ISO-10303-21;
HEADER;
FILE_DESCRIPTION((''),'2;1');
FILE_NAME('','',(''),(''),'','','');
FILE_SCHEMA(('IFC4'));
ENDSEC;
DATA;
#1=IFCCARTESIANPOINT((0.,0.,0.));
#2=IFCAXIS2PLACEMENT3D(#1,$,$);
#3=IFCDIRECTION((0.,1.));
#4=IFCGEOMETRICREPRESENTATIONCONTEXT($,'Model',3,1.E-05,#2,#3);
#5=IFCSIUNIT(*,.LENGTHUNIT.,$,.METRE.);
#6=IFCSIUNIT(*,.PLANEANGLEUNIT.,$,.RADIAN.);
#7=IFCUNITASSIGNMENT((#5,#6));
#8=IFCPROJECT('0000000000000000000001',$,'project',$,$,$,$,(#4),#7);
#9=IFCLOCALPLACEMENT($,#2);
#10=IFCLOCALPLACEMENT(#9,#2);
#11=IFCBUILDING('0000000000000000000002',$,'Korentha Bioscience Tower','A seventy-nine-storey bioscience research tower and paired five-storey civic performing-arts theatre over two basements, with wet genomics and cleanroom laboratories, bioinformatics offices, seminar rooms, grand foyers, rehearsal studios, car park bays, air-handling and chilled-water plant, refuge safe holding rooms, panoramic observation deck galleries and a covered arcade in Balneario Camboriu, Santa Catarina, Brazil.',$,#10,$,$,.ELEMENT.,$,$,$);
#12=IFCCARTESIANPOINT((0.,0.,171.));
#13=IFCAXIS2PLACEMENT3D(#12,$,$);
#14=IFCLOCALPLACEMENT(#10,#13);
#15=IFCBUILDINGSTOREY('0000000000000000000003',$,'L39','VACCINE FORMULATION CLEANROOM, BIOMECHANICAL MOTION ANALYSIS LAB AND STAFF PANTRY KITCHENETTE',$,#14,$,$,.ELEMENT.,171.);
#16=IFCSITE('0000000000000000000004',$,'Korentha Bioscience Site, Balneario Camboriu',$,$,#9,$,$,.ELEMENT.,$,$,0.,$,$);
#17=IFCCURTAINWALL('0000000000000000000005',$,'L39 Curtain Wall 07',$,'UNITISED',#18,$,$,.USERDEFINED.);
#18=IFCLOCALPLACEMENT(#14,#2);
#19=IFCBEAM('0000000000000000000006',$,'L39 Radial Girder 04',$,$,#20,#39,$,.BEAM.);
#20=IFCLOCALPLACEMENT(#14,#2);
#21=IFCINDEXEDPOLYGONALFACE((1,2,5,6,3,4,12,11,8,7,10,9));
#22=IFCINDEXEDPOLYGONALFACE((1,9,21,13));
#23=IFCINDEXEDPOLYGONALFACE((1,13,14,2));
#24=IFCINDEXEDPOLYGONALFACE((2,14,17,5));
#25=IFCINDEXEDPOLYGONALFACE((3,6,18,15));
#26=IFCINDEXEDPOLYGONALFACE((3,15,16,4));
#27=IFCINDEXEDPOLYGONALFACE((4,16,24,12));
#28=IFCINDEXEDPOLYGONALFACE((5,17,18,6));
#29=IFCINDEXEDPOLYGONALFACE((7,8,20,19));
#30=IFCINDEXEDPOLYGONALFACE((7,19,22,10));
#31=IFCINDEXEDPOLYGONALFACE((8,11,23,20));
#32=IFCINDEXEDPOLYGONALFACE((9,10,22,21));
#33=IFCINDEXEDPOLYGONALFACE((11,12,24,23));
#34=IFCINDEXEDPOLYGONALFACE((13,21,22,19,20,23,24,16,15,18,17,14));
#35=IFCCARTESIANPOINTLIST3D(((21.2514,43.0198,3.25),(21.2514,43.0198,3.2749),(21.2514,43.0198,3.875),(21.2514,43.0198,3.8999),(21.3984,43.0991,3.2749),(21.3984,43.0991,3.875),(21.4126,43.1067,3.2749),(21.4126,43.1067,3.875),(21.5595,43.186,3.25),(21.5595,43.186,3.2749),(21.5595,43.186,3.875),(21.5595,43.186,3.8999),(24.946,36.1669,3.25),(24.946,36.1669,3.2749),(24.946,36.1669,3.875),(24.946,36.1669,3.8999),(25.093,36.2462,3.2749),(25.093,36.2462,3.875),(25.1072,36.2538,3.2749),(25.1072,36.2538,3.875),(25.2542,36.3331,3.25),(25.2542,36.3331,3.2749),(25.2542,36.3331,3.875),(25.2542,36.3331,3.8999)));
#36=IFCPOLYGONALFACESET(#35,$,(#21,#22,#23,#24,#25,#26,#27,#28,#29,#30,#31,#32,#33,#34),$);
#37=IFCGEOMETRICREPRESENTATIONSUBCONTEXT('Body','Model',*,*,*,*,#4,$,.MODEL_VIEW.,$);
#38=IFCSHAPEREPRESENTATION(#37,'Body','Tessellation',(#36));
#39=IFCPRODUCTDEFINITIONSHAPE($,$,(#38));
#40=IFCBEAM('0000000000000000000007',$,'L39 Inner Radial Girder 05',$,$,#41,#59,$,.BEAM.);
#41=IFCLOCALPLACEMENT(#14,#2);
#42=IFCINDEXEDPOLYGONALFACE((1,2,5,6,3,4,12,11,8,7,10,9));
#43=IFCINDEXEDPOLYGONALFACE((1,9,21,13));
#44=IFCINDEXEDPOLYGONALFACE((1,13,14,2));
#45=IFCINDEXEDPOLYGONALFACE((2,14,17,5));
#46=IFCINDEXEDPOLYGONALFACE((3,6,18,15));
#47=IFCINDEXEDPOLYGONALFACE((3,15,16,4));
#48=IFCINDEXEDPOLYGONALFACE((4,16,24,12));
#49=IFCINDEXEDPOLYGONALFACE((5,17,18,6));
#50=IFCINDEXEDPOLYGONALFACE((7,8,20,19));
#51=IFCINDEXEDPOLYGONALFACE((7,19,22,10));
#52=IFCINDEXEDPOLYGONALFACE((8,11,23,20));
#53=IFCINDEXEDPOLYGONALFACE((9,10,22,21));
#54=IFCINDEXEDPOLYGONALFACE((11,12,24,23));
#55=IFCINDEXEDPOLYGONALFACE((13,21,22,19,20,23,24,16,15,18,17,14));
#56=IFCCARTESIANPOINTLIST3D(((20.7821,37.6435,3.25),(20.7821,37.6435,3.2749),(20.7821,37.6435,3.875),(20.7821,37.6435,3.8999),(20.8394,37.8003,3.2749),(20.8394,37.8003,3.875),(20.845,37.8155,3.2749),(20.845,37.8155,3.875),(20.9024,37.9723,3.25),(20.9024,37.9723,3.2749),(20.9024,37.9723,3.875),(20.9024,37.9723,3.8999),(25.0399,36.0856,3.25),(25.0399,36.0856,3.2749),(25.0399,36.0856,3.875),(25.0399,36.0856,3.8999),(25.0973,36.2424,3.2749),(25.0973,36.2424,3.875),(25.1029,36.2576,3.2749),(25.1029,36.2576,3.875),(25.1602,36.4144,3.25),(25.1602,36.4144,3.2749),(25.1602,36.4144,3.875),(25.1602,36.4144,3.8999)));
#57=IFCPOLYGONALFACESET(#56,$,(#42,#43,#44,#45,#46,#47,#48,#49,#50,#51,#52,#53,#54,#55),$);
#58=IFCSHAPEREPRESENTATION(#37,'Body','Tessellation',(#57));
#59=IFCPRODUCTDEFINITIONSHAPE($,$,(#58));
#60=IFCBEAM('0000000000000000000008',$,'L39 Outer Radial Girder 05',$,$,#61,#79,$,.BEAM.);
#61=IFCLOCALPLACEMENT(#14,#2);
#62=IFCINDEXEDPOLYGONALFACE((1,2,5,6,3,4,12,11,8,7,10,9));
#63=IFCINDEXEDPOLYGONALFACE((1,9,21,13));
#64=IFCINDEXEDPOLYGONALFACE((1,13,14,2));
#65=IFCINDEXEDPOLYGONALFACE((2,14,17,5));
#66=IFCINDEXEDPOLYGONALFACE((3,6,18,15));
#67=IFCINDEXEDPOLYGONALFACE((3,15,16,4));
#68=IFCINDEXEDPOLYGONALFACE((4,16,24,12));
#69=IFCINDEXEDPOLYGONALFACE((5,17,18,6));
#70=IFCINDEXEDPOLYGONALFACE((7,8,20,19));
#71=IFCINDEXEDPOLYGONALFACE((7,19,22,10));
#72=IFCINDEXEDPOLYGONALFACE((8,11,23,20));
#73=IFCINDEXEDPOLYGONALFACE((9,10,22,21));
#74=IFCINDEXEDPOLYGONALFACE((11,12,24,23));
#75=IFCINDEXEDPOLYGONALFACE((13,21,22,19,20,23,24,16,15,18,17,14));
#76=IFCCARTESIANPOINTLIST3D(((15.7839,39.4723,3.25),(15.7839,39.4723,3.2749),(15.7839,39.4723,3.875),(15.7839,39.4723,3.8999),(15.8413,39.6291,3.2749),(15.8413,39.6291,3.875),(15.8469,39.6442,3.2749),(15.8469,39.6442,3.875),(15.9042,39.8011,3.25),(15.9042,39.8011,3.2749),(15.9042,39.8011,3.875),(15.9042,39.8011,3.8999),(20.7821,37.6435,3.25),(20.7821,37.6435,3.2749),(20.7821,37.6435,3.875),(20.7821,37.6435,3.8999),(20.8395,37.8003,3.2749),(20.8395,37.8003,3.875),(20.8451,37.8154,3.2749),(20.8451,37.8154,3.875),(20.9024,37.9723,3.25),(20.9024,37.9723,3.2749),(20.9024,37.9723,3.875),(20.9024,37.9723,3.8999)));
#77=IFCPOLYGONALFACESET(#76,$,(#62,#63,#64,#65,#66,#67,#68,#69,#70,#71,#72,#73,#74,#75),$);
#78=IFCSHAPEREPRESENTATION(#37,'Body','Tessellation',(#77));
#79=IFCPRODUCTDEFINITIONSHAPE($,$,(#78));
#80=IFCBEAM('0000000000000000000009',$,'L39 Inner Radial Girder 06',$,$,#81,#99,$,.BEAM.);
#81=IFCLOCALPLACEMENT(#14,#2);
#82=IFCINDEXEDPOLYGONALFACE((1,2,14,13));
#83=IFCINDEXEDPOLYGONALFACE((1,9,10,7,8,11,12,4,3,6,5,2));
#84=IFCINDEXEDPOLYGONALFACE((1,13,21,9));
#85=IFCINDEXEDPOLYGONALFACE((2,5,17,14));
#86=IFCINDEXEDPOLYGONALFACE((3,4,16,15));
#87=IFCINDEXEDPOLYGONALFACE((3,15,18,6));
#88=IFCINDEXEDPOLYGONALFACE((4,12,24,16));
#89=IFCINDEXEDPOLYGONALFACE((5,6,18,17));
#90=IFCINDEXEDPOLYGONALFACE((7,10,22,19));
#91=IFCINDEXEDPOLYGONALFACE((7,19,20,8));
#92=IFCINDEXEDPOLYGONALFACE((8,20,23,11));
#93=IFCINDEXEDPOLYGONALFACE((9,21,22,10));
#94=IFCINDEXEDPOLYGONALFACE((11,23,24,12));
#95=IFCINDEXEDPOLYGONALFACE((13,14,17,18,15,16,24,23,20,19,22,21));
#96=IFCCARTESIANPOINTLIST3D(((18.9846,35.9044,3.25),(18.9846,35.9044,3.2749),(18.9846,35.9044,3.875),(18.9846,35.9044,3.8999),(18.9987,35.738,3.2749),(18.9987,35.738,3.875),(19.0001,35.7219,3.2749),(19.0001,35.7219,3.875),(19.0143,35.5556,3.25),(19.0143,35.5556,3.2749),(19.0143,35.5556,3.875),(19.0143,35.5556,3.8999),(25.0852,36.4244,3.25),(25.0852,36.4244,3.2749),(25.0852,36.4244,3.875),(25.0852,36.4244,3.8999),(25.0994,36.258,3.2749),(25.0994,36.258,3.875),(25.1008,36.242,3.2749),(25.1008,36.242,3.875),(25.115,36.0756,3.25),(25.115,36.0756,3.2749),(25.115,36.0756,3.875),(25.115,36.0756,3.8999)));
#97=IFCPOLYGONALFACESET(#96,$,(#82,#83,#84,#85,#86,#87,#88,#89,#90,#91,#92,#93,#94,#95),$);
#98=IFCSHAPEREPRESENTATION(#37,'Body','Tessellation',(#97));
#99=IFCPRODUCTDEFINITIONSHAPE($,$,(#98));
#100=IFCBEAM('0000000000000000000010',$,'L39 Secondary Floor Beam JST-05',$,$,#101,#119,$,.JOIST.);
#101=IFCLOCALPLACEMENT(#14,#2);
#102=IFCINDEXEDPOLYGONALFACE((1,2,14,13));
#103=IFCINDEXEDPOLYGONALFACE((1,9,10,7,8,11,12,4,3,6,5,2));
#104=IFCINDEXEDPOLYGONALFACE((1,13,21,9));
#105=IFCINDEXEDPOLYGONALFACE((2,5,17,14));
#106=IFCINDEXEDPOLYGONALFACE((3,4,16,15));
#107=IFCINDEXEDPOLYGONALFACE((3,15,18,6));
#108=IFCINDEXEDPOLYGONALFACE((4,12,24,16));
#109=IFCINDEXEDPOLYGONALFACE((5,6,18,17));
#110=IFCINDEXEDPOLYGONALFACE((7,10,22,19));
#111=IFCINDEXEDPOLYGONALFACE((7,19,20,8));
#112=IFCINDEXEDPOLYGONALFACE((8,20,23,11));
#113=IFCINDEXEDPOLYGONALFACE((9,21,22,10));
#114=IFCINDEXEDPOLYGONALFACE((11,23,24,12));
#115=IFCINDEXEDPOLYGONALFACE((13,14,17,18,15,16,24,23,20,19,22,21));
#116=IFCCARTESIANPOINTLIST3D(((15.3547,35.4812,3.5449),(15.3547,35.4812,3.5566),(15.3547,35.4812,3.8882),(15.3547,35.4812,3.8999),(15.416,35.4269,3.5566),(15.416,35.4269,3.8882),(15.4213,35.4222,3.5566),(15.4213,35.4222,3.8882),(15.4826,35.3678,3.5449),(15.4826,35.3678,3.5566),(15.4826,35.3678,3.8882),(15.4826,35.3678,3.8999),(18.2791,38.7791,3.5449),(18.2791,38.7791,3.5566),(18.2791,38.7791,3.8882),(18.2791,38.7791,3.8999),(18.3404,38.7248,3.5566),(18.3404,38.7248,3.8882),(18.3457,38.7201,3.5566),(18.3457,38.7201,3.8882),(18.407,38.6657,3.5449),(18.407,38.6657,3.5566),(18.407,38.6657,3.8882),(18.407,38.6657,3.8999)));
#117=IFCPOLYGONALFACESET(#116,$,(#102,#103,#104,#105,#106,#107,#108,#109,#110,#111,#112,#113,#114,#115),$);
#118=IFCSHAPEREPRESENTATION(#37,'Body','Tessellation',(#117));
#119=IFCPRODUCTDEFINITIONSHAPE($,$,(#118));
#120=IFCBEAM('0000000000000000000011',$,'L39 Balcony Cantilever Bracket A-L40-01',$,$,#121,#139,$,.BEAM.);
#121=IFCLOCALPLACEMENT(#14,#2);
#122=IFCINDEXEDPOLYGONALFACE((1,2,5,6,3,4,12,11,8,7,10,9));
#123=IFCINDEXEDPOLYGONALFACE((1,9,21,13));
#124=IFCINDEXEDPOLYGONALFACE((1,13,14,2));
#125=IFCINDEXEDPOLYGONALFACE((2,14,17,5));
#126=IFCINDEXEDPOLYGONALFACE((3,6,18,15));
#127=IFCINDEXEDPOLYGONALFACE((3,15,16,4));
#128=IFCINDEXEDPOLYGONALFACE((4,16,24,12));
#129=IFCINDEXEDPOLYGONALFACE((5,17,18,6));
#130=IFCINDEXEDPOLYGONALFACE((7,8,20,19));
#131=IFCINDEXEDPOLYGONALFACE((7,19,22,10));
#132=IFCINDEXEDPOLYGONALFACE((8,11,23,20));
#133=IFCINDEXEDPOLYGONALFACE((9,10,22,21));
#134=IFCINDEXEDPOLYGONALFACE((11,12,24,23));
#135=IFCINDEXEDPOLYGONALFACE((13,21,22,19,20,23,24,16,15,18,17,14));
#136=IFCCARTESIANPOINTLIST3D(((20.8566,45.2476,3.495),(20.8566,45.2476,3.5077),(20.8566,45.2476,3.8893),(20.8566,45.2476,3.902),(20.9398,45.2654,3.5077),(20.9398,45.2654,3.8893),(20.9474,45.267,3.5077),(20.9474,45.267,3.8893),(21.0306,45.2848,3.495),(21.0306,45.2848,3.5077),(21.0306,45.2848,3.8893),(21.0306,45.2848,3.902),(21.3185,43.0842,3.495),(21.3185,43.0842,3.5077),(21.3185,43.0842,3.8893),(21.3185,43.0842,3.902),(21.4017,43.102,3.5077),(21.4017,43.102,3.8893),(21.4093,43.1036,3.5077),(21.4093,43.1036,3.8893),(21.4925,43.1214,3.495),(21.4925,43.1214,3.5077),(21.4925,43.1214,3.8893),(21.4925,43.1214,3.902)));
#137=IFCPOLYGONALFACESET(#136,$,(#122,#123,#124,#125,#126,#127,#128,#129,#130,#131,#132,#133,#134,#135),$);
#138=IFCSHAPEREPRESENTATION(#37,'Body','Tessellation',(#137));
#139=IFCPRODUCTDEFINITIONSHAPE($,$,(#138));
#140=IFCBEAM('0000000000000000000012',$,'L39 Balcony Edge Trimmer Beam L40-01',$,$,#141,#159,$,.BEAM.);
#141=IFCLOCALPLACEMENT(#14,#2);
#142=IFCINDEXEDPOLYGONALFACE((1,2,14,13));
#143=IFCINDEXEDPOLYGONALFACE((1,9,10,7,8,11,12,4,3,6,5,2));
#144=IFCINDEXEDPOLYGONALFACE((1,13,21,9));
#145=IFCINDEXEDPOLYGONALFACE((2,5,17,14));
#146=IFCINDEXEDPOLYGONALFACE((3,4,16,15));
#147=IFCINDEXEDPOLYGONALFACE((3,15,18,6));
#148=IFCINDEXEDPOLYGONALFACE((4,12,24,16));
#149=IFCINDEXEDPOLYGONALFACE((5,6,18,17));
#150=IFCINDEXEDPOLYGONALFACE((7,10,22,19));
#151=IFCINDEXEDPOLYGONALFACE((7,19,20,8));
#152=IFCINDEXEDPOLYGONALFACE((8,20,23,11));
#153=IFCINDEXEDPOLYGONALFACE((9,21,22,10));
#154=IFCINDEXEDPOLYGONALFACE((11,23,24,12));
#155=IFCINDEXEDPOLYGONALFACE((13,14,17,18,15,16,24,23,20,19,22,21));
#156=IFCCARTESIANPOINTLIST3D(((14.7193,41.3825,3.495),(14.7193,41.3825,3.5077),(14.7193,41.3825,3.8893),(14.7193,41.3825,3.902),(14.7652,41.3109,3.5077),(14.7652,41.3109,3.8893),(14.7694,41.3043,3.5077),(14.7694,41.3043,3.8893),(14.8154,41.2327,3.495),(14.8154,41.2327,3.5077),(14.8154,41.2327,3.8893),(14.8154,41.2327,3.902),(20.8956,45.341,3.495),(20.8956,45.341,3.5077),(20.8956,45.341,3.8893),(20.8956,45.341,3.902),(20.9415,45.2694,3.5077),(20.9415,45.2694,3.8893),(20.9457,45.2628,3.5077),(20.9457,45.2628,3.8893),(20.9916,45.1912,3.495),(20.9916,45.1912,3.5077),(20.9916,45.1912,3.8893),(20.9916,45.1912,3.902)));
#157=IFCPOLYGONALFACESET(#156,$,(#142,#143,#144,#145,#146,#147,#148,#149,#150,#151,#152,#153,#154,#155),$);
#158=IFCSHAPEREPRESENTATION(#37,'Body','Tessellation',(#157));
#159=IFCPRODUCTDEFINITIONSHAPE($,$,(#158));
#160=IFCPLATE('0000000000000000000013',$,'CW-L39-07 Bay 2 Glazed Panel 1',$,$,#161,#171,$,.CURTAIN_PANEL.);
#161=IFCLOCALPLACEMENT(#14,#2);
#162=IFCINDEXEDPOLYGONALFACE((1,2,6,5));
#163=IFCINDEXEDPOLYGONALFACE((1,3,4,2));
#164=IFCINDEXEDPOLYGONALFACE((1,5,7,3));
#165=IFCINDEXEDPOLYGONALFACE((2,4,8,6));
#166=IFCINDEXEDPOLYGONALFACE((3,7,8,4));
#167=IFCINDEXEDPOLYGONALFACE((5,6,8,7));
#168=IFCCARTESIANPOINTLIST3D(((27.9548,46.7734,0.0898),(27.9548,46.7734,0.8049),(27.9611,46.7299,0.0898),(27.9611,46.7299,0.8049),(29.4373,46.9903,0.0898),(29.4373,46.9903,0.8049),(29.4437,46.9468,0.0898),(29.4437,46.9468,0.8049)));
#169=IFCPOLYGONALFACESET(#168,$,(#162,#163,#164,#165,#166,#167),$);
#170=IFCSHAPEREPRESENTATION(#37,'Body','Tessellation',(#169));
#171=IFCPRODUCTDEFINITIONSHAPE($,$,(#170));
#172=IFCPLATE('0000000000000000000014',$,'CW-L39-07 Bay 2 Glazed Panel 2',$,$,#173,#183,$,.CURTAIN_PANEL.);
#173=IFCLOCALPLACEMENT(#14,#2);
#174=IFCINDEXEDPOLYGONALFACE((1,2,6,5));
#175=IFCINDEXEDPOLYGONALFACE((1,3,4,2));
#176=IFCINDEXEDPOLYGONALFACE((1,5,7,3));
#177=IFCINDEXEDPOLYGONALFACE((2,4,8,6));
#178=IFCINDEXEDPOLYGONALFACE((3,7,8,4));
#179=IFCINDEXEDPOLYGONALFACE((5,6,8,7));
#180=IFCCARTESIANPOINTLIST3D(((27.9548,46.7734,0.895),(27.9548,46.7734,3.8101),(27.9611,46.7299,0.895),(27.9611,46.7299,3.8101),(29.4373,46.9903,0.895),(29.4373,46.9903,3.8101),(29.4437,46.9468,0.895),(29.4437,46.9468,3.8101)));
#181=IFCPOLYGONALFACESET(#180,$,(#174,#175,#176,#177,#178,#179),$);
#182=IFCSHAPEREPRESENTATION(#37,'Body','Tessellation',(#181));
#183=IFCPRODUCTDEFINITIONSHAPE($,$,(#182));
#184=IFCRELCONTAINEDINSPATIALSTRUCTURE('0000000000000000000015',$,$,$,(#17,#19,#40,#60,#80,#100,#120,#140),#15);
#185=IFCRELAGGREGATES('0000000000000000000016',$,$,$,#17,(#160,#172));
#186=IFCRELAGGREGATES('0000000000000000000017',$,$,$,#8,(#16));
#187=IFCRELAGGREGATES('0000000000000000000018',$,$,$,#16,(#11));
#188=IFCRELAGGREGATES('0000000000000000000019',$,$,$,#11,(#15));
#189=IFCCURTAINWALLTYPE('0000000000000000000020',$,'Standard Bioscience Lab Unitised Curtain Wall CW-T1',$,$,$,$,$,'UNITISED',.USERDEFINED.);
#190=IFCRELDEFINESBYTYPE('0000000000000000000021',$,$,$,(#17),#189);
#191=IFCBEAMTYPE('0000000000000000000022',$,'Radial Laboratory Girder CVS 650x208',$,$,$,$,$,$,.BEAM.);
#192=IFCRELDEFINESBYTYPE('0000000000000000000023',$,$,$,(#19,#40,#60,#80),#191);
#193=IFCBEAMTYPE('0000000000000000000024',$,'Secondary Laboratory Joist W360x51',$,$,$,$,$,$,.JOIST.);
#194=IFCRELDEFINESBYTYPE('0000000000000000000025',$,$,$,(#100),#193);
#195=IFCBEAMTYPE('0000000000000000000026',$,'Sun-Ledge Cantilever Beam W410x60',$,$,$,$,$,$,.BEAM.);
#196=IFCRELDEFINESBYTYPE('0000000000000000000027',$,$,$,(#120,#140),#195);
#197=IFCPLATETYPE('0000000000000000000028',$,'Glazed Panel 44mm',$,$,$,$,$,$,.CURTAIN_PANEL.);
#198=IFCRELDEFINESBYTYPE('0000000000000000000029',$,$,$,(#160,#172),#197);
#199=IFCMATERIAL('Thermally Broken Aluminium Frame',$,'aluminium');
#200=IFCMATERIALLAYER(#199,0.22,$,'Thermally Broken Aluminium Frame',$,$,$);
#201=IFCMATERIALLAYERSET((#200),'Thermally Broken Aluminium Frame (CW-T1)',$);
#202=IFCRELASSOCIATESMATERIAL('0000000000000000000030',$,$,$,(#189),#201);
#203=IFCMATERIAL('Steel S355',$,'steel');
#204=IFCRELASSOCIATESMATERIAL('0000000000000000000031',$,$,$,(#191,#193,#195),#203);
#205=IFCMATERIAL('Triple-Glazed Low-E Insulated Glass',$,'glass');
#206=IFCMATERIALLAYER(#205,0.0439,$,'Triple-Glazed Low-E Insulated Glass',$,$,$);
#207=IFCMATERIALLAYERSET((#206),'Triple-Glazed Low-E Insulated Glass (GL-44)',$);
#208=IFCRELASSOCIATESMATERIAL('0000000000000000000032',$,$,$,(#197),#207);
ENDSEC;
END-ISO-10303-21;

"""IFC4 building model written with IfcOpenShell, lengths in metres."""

from ifc_helpers import new_model, si_unit, direction, frame, origin, origin_2d, place, context, subcontext, project, spatial, rectangle, i_section, extrude, material, layer, layer_set, material_profile, profile_set, type_object, element, aggregate, save


model = new_model("IFC4")

# Units and contexts
model_context = context("Model", 3, precision=1e-05, world=origin(), true_north=direction((0.0, 1.0)))
body_context = subcontext(model_context, "Body", "Model", "MODEL_VIEW")
ifc_project = project(units=[si_unit("LENGTHUNIT", "METRE"), si_unit("PLANEANGLEUNIT", "RADIAN")], contexts=[model_context])

# Site, building, storey
site_placement = place(None, origin())
site = spatial("IfcSite", under=ifc_project, at=site_placement, Name="Korentha Bioscience Site, Balneario Camboriu", CompositionType="ELEMENT", RefElevation=0.0)
building_placement = place(site_placement, origin())
building = spatial("IfcBuilding", under=site, at=building_placement, Name="Korentha Bioscience Tower", Description="A seventy-nine-storey bioscience research tower and paired five-storey civic performing-arts theatre over two basements, with wet genomics and cleanroom laboratories, bioinformatics offices, seminar rooms, grand foyers, rehearsal studios, car park bays, air-handling and chilled-water plant, refuge safe holding rooms, panoramic observation deck galleries and a covered arcade in Balneario Camboriu, Santa Catarina, Brazil.", CompositionType="ELEMENT")
storey_placement = place(building_placement, frame((0.0, 0.0, 171.0)))
storey = spatial("IfcBuildingStorey", under=building, at=storey_placement, Name="L39", Description="VACCINE FORMULATION CLEANROOM, BIOMECHANICAL MOTION ANALYSIS LAB AND STAFF PANTRY KITCHENETTE", CompositionType="ELEMENT", Elevation=171.0)

# Shared definitions
ifc_material_1 = material(Name="Steel S355", Category="steel")

# Curtain wall
ifc_material_2 = material(Name="Thermally Broken Aluminium Frame", Category="aluminium")
ifc_layer_1 = layer(ifc_material_2, 0.22, Name="Thermally Broken Aluminium Frame")
ifc_layer_set_1 = layer_set([ifc_layer_1], Name="Thermally Broken Aluminium Frame (CW-T1)")
curtain_wall_type = type_object("IfcCurtainWallType", Name="Standard Bioscience Lab Unitised Curtain Wall CW-T1", ElementType="UNITISED", PredefinedType="USERDEFINED", material=ifc_layer_set_1)
curtain_wall_placement = place(storey_placement, origin())
curtain_wall = element("IfcCurtainWall", 1, at=curtain_wall_placement, inside=storey, type_object=curtain_wall_type, Name="L39 Curtain Wall 07", ObjectType="UNITISED", PredefinedType="USERDEFINED")

# Beams
ifc_material_profile_1 = material_profile(ifc_material_1, i_section(OverallWidth=0.3501, OverallDepth=0.6499, WebThickness=0.0161, FlangeThickness=0.0249, at=origin_2d()), Name="Steel S355")
ifc_profile_set_1 = profile_set([ifc_material_profile_1], Name="Steel S355 (RB-650)")
beam_type_1 = type_object("IfcBeamType", Name="Radial Laboratory Girder CVS 650x208", PredefinedType="BEAM", material=ifc_profile_set_1)
beam_1_placement = place(storey_placement, frame((25.1001, 36.25, 3.575), z_axis=(-0.47456, 0.880223, 0.0), x_axis=(-0.880223, -0.47456, 0.0)))
element("IfcBeam", 2, at=beam_1_placement, inside=storey, type_object=beam_type_1, Name="L39 Radial Girder 04", PredefinedType="BEAM", context=body_context, shape_type="SweptSolid", body=[
    extrude(i_section(OverallWidth=0.3501, OverallDepth=0.6499, WebThickness=0.0161, FlangeThickness=0.0249, at=origin_2d()), origin(), (0.0, 0.0, 1.0), 7.7854),
])
beam_2_placement = place(storey_placement, frame((25.1001, 36.25, 3.575), z_axis=(-0.939114, 0.343606, 0.0), x_axis=(-0.343606, -0.939114, 0.0)))
element("IfcBeam", 3, at=beam_2_placement, inside=storey, type_object=beam_type_1, Name="L39 Inner Radial Girder 05", PredefinedType="BEAM", context=body_context, shape_type="SweptSolid", body=[
    extrude(i_section(OverallWidth=0.3501, OverallDepth=0.6499, WebThickness=0.0161, FlangeThickness=0.0249, at=origin_2d()), origin(), (0.0, 0.0, 1.0), 4.5339),
])
beam_3_placement = place(storey_placement, frame((20.8423, 37.8079, 3.575), z_axis=(-0.93911, 0.343617, 0.0), x_axis=(-0.343617, -0.93911, 0.0)))
element("IfcBeam", 4, at=beam_3_placement, inside=storey, type_object=beam_type_1, Name="L39 Outer Radial Girder 05", PredefinedType="BEAM", context=body_context, shape_type="SweptSolid", body=[
    extrude(i_section(OverallWidth=0.3501, OverallDepth=0.6499, WebThickness=0.0161, FlangeThickness=0.0249, at=origin_2d()), origin(), (0.0, 0.0, 1.0), 5.3223),
])
beam_4_placement = place(storey_placement, frame((25.1001, 36.25, 3.575), z_axis=(-0.996387, -0.084933, 0.0), x_axis=(0.084933, -0.996387, 0.0)))
element("IfcBeam", 5, at=beam_4_placement, inside=storey, type_object=beam_type_1, Name="L39 Inner Radial Girder 06", PredefinedType="BEAM", context=body_context, shape_type="SweptSolid", body=[
    extrude(i_section(OverallWidth=0.3501, OverallDepth=0.6499, WebThickness=0.0161, FlangeThickness=0.0249, at=origin_2d()), origin(), (0.0, 0.0, 1.0), 6.1228),
])
ifc_material_profile_2 = material_profile(ifc_material_1, i_section(OverallWidth=0.1709, OverallDepth=0.355, WebThickness=0.0071, FlangeThickness=0.0117, at=origin_2d()), Name="Steel S355")
ifc_profile_set_2 = profile_set([ifc_material_profile_2], Name="Steel S355 (JB-360)")
beam_type_2 = type_object("IfcBeamType", Name="Secondary Laboratory Joist W360x51", PredefinedType="JOIST", material=ifc_profile_set_2)
beam_5_placement = place(storey_placement, frame((18.343, 38.7224, 3.7224), z_axis=(-0.663463, -0.748209, 0.0), x_axis=(0.748209, -0.663463, 0.0)))
element("IfcBeam", 6, at=beam_5_placement, inside=storey, type_object=beam_type_2, Name="L39 Secondary Floor Beam JST-05", PredefinedType="JOIST", context=body_context, shape_type="SweptSolid", body=[
    extrude(i_section(OverallWidth=0.1709, OverallDepth=0.355, WebThickness=0.0071, FlangeThickness=0.0117, at=origin_2d()), origin(), (0.0, 0.0, 1.0), 4.4077),
])
ifc_material_profile_3 = material_profile(ifc_material_1, i_section(OverallWidth=0.178, OverallDepth=0.407, WebThickness=0.0078, FlangeThickness=0.0127, at=origin_2d()), Name="Steel S355")
ifc_profile_set_3 = profile_set([ifc_material_profile_3], Name="Steel S355 (CB-410)")
beam_type_3 = type_object("IfcBeamType", Name="Sun-Ledge Cantilever Beam W410x60", PredefinedType="BEAM", material=ifc_profile_set_3)
beam_6_placement = place(storey_placement, frame((21.4055, 43.1028, 3.6985), z_axis=(-0.208813, 0.977956, 0.0), x_axis=(-0.977956, -0.208813, 0.0)))
element("IfcBeam", 7, at=beam_6_placement, inside=storey, type_object=beam_type_3, Name="L39 Balcony Cantilever Bracket A-L40-01", PredefinedType="BEAM", context=body_context, shape_type="SweptSolid", body=[
    extrude(i_section(OverallWidth=0.178, OverallDepth=0.407, WebThickness=0.0078, FlangeThickness=0.0127, at=origin_2d()), origin(), (0.0, 0.0, 1.0), 2.2122),
])
beam_7_placement = place(storey_placement, frame((20.9436, 45.2661, 3.6985), z_axis=(-0.841919, -0.539603, 0.0), x_axis=(0.539603, -0.841919, 0.0)))
element("IfcBeam", 8, at=beam_7_placement, inside=storey, type_object=beam_type_3, Name="L39 Balcony Edge Trimmer Beam L40-01", PredefinedType="BEAM", context=body_context, shape_type="SweptSolid", body=[
    extrude(i_section(OverallWidth=0.178, OverallDepth=0.407, WebThickness=0.0078, FlangeThickness=0.0127, at=origin_2d()), origin(), (0.0, 0.0, 1.0), 7.3359),
])

# Plates
ifc_material_3 = material(Name="Triple-Glazed Low-E Insulated Glass", Category="glass")
ifc_layer_2 = layer(ifc_material_3, 0.0439, Name="Triple-Glazed Low-E Insulated Glass")
ifc_layer_set_2 = layer_set([ifc_layer_2], Name="Triple-Glazed Low-E Insulated Glass (GL-44)")
plate_type = type_object("IfcPlateType", Name="Glazed Panel 44mm", PredefinedType="CURTAIN_PANEL", material=ifc_layer_set_2)
plate_1_placement = place(storey_placement, frame((28.6992, 46.8601, 0.0898), z_axis=(0.0, 0.0, 1.0), x_axis=(-0.989462, -0.144793, 0.0)))
plate_1 = element("IfcPlate", 9, at=plate_1_placement, type_object=plate_type, Name="CW-L39-07 Bay 2 Glazed Panel 1", PredefinedType="CURTAIN_PANEL", context=body_context, shape_type="SweptSolid", body=[
    extrude(rectangle(XDim=1.4983, YDim=0.0439, at=origin_2d()), origin(), (0.0, 0.0, 1.0), 0.7151),
])
plate_2_placement = place(storey_placement, frame((28.6992, 46.8601, 0.895), z_axis=(0.0, 0.0, 1.0), x_axis=(-0.989462, -0.144793, 0.0)))
plate_2 = element("IfcPlate", 10, at=plate_2_placement, type_object=plate_type, Name="CW-L39-07 Bay 2 Glazed Panel 2", PredefinedType="CURTAIN_PANEL", context=body_context, shape_type="SweptSolid", body=[
    extrude(rectangle(XDim=1.4983, YDim=0.0439, at=origin_2d()), origin(), (0.0, 0.0, 1.0), 2.915),
])
aggregate(curtain_wall, [plate_1, plate_2])

save(model, "model.ifc")
